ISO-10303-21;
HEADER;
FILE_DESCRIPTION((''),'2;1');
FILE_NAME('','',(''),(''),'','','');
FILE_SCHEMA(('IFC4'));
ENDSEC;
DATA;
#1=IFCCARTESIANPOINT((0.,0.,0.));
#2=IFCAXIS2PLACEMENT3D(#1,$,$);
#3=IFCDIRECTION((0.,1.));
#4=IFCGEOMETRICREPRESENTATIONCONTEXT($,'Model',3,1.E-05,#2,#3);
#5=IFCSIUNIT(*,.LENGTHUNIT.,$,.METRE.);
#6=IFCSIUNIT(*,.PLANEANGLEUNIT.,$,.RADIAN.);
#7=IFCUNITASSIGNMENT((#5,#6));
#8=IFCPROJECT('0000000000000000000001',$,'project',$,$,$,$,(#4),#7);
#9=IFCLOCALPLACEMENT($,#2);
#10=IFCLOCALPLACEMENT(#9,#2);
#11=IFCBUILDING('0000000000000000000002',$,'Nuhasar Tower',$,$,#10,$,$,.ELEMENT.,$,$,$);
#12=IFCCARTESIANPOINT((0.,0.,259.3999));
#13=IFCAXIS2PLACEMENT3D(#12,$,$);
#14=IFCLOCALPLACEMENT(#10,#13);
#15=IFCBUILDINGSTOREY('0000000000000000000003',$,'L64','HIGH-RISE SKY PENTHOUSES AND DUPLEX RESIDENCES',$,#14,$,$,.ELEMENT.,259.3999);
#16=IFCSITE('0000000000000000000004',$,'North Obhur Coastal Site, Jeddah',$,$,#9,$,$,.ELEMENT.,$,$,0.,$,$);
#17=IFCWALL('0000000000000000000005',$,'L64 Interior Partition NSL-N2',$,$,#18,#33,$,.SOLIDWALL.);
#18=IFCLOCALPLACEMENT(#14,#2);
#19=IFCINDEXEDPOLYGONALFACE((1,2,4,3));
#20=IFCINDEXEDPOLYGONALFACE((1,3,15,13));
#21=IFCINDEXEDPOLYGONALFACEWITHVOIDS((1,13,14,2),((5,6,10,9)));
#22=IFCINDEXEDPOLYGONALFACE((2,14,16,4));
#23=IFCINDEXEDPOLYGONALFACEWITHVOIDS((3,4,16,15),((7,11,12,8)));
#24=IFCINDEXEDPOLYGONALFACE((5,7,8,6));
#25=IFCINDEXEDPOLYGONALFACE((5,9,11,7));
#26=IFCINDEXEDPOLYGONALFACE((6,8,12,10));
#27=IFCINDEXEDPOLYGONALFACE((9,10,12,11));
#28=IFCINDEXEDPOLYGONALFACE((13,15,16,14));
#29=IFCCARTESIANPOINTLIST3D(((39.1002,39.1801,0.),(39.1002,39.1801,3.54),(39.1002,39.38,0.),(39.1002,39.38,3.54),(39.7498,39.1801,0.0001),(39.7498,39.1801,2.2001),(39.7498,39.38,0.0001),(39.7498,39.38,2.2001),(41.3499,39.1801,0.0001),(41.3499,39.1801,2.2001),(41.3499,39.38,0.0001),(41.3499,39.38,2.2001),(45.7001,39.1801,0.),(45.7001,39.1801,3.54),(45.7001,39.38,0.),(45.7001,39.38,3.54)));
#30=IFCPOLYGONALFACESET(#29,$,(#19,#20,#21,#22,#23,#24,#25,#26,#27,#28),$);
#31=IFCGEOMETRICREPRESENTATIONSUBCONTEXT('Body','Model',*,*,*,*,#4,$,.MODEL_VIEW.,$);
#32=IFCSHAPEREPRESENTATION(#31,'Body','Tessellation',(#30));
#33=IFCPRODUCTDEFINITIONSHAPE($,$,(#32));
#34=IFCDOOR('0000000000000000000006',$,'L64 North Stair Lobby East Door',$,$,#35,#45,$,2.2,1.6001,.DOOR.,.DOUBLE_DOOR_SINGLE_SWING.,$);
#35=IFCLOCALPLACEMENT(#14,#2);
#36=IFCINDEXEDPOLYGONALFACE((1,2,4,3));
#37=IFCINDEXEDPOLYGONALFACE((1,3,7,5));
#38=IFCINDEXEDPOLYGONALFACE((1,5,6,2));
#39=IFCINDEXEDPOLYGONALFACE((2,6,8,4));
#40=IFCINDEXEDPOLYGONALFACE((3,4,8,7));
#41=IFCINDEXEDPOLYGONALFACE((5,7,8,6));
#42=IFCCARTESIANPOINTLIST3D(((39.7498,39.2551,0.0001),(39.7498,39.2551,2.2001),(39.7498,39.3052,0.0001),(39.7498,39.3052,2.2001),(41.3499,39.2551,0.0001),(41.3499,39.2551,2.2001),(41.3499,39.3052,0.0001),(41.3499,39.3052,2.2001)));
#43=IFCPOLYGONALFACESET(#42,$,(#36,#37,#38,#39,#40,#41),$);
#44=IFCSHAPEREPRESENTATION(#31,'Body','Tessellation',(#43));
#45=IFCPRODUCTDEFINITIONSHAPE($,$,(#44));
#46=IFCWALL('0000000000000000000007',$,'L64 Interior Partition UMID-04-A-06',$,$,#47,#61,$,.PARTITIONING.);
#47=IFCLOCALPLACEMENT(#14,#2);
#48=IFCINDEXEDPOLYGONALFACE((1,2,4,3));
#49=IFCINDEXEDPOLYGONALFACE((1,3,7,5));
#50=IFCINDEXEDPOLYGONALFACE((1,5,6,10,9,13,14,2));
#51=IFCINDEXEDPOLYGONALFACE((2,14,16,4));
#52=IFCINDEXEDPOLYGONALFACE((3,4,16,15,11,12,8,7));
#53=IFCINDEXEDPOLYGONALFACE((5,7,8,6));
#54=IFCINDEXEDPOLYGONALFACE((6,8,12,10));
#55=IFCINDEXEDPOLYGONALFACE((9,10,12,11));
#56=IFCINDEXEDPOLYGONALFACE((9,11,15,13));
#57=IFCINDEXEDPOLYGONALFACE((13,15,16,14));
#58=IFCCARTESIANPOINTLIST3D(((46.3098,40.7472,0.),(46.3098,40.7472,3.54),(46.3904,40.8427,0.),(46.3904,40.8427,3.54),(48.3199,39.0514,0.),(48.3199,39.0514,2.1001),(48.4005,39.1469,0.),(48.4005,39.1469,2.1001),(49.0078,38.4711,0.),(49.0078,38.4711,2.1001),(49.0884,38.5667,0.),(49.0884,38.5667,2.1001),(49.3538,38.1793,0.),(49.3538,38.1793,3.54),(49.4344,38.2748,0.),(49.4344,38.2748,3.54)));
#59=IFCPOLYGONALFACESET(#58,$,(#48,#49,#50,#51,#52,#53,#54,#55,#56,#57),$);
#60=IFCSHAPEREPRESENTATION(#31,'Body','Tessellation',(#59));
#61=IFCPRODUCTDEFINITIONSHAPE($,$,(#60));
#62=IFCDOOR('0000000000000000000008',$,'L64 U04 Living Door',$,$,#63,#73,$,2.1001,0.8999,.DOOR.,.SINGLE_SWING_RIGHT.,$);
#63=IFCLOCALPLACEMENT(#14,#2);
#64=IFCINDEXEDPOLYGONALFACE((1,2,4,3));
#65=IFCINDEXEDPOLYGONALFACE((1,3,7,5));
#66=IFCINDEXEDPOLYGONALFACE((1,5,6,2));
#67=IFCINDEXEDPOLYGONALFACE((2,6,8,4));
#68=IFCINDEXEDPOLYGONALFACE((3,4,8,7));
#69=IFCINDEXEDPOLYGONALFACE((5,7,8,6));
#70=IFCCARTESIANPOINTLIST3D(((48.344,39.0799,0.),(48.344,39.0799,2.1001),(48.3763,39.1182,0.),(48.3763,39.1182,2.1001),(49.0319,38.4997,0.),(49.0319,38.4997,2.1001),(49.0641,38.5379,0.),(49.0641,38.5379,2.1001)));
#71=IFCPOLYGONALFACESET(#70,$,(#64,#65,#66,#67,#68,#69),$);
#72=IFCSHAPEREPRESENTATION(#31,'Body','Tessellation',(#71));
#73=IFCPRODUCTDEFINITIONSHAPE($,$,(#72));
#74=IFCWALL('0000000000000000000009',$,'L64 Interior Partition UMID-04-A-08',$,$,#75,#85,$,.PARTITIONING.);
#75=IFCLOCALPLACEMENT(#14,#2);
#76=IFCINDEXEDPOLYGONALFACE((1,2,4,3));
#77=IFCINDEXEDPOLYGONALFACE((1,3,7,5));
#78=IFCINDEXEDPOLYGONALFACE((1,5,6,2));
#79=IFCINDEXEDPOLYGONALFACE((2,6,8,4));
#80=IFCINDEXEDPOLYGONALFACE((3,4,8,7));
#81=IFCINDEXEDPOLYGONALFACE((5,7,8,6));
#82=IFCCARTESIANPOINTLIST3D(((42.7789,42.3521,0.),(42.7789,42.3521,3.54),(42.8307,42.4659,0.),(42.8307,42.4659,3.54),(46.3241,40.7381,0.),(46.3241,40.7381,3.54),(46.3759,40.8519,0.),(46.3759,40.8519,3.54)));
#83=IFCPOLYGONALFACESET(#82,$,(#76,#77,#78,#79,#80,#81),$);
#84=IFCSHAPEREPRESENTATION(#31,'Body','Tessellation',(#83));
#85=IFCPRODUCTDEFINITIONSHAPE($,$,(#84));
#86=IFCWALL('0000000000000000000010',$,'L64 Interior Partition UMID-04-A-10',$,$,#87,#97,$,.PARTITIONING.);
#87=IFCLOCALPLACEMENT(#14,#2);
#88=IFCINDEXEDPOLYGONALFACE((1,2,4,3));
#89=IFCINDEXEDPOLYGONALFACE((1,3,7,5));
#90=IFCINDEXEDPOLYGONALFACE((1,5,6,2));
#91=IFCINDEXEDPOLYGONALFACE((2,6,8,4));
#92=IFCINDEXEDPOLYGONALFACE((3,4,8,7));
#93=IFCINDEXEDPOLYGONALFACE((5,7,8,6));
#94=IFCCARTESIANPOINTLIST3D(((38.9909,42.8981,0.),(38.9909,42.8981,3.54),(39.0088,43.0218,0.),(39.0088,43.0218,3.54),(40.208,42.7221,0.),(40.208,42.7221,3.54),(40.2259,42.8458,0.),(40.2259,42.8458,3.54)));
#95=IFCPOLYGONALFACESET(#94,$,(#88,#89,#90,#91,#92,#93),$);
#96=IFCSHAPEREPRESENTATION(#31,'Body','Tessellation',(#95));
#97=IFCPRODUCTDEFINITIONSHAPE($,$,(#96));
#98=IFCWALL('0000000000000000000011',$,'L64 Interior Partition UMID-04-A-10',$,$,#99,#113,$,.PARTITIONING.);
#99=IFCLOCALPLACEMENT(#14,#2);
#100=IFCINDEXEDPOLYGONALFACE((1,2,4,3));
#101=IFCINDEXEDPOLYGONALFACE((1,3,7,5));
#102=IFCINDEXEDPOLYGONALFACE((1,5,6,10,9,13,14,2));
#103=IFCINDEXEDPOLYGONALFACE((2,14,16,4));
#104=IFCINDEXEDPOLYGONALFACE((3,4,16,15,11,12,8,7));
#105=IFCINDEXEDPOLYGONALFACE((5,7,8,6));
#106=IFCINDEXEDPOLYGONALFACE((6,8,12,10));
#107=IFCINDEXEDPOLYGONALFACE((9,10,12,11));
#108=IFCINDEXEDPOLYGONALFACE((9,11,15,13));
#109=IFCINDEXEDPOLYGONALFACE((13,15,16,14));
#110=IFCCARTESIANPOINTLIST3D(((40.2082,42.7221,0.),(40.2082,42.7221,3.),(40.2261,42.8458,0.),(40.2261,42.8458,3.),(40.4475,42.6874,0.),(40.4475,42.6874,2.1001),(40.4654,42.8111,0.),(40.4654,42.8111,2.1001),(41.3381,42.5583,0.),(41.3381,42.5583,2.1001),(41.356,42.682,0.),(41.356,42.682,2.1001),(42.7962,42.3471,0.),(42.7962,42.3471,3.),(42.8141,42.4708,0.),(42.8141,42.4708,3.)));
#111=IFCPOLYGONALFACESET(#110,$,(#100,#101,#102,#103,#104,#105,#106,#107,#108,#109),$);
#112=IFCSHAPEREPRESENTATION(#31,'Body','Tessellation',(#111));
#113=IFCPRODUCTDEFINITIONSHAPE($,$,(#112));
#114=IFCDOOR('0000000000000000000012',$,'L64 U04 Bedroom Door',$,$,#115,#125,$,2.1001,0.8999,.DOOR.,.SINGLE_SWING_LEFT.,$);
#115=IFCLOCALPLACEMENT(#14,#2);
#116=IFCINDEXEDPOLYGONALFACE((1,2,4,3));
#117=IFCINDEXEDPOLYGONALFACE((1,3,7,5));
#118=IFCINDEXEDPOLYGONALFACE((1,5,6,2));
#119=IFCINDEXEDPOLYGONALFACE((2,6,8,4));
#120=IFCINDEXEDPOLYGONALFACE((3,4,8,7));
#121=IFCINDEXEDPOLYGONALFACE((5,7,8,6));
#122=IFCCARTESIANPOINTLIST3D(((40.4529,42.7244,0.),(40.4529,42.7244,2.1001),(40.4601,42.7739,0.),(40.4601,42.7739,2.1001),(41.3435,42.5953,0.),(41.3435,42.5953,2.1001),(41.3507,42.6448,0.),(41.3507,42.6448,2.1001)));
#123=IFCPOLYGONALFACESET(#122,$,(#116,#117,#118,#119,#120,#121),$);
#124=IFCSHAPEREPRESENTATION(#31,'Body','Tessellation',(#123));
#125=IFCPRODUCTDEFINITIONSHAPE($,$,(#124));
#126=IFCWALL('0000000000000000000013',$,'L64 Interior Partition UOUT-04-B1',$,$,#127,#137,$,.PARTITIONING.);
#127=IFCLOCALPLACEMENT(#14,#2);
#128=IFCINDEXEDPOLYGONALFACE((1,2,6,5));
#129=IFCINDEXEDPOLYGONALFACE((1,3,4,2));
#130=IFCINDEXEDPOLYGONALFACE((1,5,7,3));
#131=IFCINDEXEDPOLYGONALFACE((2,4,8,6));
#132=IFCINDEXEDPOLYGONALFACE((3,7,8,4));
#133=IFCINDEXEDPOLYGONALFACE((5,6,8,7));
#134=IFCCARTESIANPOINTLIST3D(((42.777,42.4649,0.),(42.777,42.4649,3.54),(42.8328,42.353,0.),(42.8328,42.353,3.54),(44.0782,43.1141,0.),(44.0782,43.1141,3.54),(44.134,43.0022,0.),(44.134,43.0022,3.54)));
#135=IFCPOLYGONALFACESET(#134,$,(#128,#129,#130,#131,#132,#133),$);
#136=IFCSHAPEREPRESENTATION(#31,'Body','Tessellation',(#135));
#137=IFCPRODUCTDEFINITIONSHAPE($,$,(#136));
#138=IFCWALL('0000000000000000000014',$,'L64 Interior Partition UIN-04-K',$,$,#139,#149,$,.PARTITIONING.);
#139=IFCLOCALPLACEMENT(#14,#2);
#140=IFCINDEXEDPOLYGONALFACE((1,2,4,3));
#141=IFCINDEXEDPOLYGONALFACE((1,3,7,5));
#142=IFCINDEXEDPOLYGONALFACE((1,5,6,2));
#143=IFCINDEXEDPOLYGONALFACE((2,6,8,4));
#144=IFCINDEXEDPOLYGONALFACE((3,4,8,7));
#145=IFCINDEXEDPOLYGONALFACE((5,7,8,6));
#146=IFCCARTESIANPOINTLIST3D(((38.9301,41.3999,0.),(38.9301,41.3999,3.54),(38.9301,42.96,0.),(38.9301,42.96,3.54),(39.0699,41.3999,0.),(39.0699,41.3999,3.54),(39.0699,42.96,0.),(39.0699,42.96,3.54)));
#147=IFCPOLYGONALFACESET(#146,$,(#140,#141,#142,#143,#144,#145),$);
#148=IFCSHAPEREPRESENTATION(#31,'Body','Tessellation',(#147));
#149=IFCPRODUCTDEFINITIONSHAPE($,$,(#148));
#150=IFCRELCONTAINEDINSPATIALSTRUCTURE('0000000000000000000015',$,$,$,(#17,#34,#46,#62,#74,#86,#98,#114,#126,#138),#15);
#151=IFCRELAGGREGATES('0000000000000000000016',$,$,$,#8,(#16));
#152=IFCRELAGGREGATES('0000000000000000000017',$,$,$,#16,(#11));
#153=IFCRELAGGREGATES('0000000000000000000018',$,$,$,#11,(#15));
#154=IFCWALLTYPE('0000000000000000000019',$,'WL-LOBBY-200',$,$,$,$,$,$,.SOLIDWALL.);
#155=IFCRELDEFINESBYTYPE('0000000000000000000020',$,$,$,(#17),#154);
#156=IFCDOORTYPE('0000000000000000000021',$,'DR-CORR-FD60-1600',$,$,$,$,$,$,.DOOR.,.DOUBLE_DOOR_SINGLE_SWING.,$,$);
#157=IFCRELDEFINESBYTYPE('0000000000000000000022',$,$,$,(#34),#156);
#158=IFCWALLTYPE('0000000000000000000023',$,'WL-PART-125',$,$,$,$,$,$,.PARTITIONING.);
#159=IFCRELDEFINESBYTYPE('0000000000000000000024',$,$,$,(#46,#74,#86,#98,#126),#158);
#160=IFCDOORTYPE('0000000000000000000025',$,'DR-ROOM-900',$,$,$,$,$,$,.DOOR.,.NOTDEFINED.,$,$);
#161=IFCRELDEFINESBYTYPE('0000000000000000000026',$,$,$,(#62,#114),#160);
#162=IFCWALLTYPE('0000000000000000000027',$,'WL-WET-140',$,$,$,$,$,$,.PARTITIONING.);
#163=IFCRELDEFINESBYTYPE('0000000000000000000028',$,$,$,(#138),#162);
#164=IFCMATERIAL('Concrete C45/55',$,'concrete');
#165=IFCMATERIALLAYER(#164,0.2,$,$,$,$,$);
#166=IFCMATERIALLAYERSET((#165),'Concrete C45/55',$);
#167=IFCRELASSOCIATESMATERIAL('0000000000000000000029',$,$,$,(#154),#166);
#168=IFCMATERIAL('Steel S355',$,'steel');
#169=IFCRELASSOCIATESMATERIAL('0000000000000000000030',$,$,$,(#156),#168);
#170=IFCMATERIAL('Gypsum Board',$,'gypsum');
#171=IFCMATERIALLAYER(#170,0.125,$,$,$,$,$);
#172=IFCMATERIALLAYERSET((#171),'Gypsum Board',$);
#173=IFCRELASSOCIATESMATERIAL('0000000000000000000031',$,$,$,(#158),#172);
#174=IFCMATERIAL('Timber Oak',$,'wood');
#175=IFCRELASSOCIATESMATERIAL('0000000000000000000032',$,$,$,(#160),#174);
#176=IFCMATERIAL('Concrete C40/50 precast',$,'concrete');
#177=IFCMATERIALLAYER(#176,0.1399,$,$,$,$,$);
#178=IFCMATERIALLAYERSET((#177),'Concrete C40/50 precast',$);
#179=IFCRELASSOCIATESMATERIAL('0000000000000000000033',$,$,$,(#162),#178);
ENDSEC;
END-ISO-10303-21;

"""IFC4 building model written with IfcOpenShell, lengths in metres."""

from ifc_helpers import new_model, si_unit, direction, frame, frame_2d, origin, place, context, subcontext, project, spatial, rectangle, extrude, material, layer, layer_set, type_object, element, fill, save


model = new_model("IFC4")

# Units and contexts
model_context = context("Model", 3, precision=1e-05, world=origin(), true_north=direction((0.0, 1.0)))
body_context = subcontext(model_context, "Body", "Model", "MODEL_VIEW")
ifc_project = project(units=[si_unit("LENGTHUNIT", "METRE"), si_unit("PLANEANGLEUNIT", "RADIAN")], contexts=[model_context])

# Site, building, storey
site_placement = place(None, origin())
site = spatial("IfcSite", under=ifc_project, at=site_placement, Name="North Obhur Coastal Site, Jeddah", CompositionType="ELEMENT", RefElevation=0.0)
building_placement = place(site_placement, origin())
building = spatial("IfcBuilding", under=site, at=building_placement, Name="Nuhasar Tower", CompositionType="ELEMENT")
storey_placement = place(building_placement, frame((0.0, 0.0, 259.3999)))
storey = spatial("IfcBuildingStorey", under=building, at=storey_placement, Name="L64", Description="HIGH-RISE SKY PENTHOUSES AND DUPLEX RESIDENCES", CompositionType="ELEMENT", Elevation=259.3999)

# Shared definitions
ifc_material_1 = material(Name="Steel S355", Category="steel")

# Shared definitions
ifc_material_2 = material(Name="Gypsum Board", Category="gypsum")
ifc_material_3 = material(Name="Timber Oak", Category="wood")

# Shared definitions
ifc_material_4 = material(Name="Concrete C45/55", Category="concrete")
ifc_layer_1 = layer(ifc_material_4, 0.2)
ifc_layer_set_1 = layer_set([ifc_layer_1], Name="Concrete C45/55")
wall_type_1 = type_object("IfcWallType", Name="WL-LOBBY-200", PredefinedType="SOLIDWALL", material=ifc_layer_set_1)

# Walls, openings, doors
wall_1_placement = place(storey_placement, frame((45.7, 39.28, 0.0), z_axis=(0.0, 0.0, 1.0), x_axis=(-1.0, 0.0, 0.0)))
wall_1 = element("IfcWall", 1, at=wall_1_placement, inside=storey, type_object=wall_type_1, Name="L64 Interior Partition NSL-N2", PredefinedType="SOLIDWALL", context=body_context, shape_type="SweptSolid", body=[
    extrude(rectangle(XDim=6.5999, YDim=0.2, at=frame_2d((3.2998, 0.0))), origin(), (0.0, 0.0, 1.0), 3.54),
])
opening_1_placement = place(wall_1_placement, frame((4.3501, 0.0, 0.0)))
opening_1 = element("IfcOpeningElement", 2, at=opening_1_placement, cuts=wall_1, PredefinedType="OPENING", context=body_context, shape_type="SweptSolid", body=[
    extrude(rectangle(XDim=1.6001, YDim=2.2, at=frame_2d((0.8, 1.1001))), frame((0.0, 0.1099, 0.0), z_axis=(0.0, -1.0, 0.0), x_axis=(1.0, 0.0, 0.0)), (0.0, 0.0, 1.0), 0.22),
])
door_type_1 = type_object("IfcDoorType", Name="DR-CORR-FD60-1600", OperationType="DOUBLE_DOOR_SINGLE_SWING", PredefinedType="DOOR", material=ifc_material_1)
door_1_placement = place(opening_1_placement, origin())
door_1 = element("IfcDoor", 3, at=door_1_placement, inside=storey, type_object=door_type_1, Name="L64 North Stair Lobby East Door", OperationType="DOUBLE_DOOR_SINGLE_SWING", OverallHeight=2.2, OverallWidth=1.6001, PredefinedType="DOOR", context=body_context, shape_type="SweptSolid", body=[
    extrude(rectangle(XDim=1.6001, YDim=2.2, at=frame_2d((0.8, 1.1001))), frame((0.0, 0.0249, 0.0), z_axis=(0.0, -1.0, 0.0), x_axis=(1.0, 0.0, 0.0)), (0.0, 0.0, 1.0), 0.05),
])
fill(opening_1, door_1)
ifc_layer_2 = layer(ifc_material_2, 0.125)
ifc_layer_set_2 = layer_set([ifc_layer_2], Name="Gypsum Board")
wall_type_2 = type_object("IfcWallType", Name="WL-PART-125", PredefinedType="PARTITIONING", material=ifc_layer_set_2)
wall_2_placement = place(storey_placement, frame((46.3501, 40.7949, 0.0), z_axis=(0.0, 0.0, 1.0), x_axis=(0.764348, -0.644804, 0.0)))
wall_2 = element("IfcWall", 4, at=wall_2_placement, inside=storey, type_object=wall_type_2, Name="L64 Interior Partition UMID-04-A-06", PredefinedType="PARTITIONING", context=body_context, shape_type="SweptSolid", body=[
    extrude(rectangle(XDim=3.9824, YDim=0.125, at=frame_2d((1.9912, 0.0))), origin(), (0.0, 0.0, 1.0), 3.54),
])
opening_2_placement = place(wall_2_placement, frame((2.6299, 0.0, 0.0)))
opening_2 = element("IfcOpeningElement", 5, at=opening_2_placement, cuts=wall_2, PredefinedType="OPENING", context=body_context, shape_type="SweptSolid", body=[
    extrude(rectangle(XDim=0.8999, YDim=2.1001, at=frame_2d((0.45, 1.05))), frame((0.0, 0.0725, 0.0), z_axis=(0.0, -1.0, 0.0), x_axis=(1.0, 0.0, 0.0)), (0.0, 0.0, 1.0), 0.145),
])
door_type_2 = type_object("IfcDoorType", Name="DR-ROOM-900", OperationType="NOTDEFINED", PredefinedType="DOOR", material=ifc_material_3)
door_2_placement = place(opening_2_placement, origin())
door_2 = element("IfcDoor", 6, at=door_2_placement, inside=storey, type_object=door_type_2, Name="L64 U04 Living Door", OperationType="SINGLE_SWING_RIGHT", OverallHeight=2.1001, OverallWidth=0.8999, PredefinedType="DOOR", context=body_context, shape_type="SweptSolid", body=[
    extrude(rectangle(XDim=0.8999, YDim=2.1001, at=frame_2d((0.45, 1.05))), frame((0.0, 0.0249, 0.0), z_axis=(0.0, -1.0, 0.0), x_axis=(1.0, 0.0, 0.0)), (0.0, 0.0, 1.0), 0.05),
])
fill(opening_2, door_2)

# Walls
wall_3_placement = place(storey_placement, frame((46.3501, 40.7949, 0.0), z_axis=(0.0, 0.0, 1.0), x_axis=(-0.910117, 0.414351, 0.0)))
element("IfcWall", 7, at=wall_3_placement, inside=storey, type_object=wall_type_2, Name="L64 Interior Partition UMID-04-A-08", PredefinedType="PARTITIONING", context=body_context, shape_type="SweptSolid", body=[
    extrude(rectangle(XDim=3.8953, YDim=0.125, at=frame_2d((1.9478, 0.0))), origin(), (0.0, 0.0, 1.0), 3.54),
])
wall_4_placement = place(storey_placement, frame((39.0, 42.96, 0.0), z_axis=(0.0, 0.0, 1.0), x_axis=(0.989702, -0.143144, 0.0)))
element("IfcWall", 8, at=wall_4_placement, inside=storey, type_object=wall_type_2, Name="L64 Interior Partition UMID-04-A-10", PredefinedType="PARTITIONING", context=body_context, shape_type="SweptSolid", body=[
    extrude(rectangle(XDim=1.2297, YDim=0.125, at=frame_2d((0.6147, 0.0))), origin(), (0.0, 0.0, 1.0), 3.54),
])

# Wall, opening, door
wall_5_placement = place(storey_placement, frame((40.217, 42.7839, 0.0), z_axis=(0.0, 0.0, 1.0), x_axis=(0.989664, -0.143408, 0.0)))
wall_5 = element("IfcWall", 9, at=wall_5_placement, inside=storey, type_object=wall_type_2, Name="L64 Interior Partition UMID-04-A-10", PredefinedType="PARTITIONING", context=body_context, shape_type="SweptSolid", body=[
    extrude(rectangle(XDim=2.615, YDim=0.125, at=frame_2d((1.3076, 0.0))), origin(), (0.0, 0.0, 1.0), 3.0),
])
opening_3_placement = place(wall_5_placement, frame((0.2419, 0.0, 0.0)))
opening_3 = element("IfcOpeningElement", 10, at=opening_3_placement, cuts=wall_5, PredefinedType="OPENING", context=body_context, shape_type="SweptSolid", body=[
    extrude(rectangle(XDim=0.8999, YDim=2.1001, at=frame_2d((0.45, 1.05))), frame((0.0, 0.0725, 0.0), z_axis=(0.0, -1.0, 0.0), x_axis=(1.0, 0.0, 0.0)), (0.0, 0.0, 1.0), 0.145),
])
door_3_placement = place(opening_3_placement, origin())
door_3 = element("IfcDoor", 11, at=door_3_placement, inside=storey, type_object=door_type_2, Name="L64 U04 Bedroom Door", OperationType="SINGLE_SWING_LEFT", OverallHeight=2.1001, OverallWidth=0.8999, PredefinedType="DOOR", context=body_context, shape_type="SweptSolid", body=[
    extrude(rectangle(XDim=0.8999, YDim=2.1001, at=frame_2d((0.45, 1.05))), frame((0.0, 0.0249, 0.0), z_axis=(0.0, -1.0, 0.0), x_axis=(1.0, 0.0, 0.0)), (0.0, 0.0, 1.0), 0.05),
])
fill(opening_3, door_3)

# Walls
wall_6_placement = place(storey_placement, frame((42.8049, 42.4089, 0.0), z_axis=(0.0, 0.0, 1.0), x_axis=(0.894796, 0.446475, 0.0)))
element("IfcWall", 12, at=wall_6_placement, inside=storey, type_object=wall_type_2, Name="L64 Interior Partition UOUT-04-B1", PredefinedType="PARTITIONING", context=body_context, shape_type="SweptSolid", body=[
    extrude(rectangle(XDim=1.4541, YDim=0.125, at=frame_2d((0.7271, 0.0))), origin(), (0.0, 0.0, 1.0), 3.54),
])
ifc_material_5 = material(Name="Concrete C40/50 precast", Category="concrete")
ifc_layer_3 = layer(ifc_material_5, 0.1399)
ifc_layer_set_3 = layer_set([ifc_layer_3], Name="Concrete C40/50 precast")
wall_type_3 = type_object("IfcWallType", Name="WL-WET-140", PredefinedType="PARTITIONING", material=ifc_layer_set_3)
wall_7_placement = place(storey_placement, frame((39.0, 41.3999, 0.0), z_axis=(0.0, 0.0, 1.0), x_axis=(0.0, 1.0, 0.0)))
element("IfcWall", 13, at=wall_7_placement, inside=storey, type_object=wall_type_3, Name="L64 Interior Partition UIN-04-K", PredefinedType="PARTITIONING", context=body_context, shape_type="SweptSolid", body=[
    extrude(rectangle(XDim=1.5601, YDim=0.1399, at=frame_2d((0.78, 0.0))), origin(), (0.0, 0.0, 1.0), 3.54),
])

save(model, "model.ifc")
